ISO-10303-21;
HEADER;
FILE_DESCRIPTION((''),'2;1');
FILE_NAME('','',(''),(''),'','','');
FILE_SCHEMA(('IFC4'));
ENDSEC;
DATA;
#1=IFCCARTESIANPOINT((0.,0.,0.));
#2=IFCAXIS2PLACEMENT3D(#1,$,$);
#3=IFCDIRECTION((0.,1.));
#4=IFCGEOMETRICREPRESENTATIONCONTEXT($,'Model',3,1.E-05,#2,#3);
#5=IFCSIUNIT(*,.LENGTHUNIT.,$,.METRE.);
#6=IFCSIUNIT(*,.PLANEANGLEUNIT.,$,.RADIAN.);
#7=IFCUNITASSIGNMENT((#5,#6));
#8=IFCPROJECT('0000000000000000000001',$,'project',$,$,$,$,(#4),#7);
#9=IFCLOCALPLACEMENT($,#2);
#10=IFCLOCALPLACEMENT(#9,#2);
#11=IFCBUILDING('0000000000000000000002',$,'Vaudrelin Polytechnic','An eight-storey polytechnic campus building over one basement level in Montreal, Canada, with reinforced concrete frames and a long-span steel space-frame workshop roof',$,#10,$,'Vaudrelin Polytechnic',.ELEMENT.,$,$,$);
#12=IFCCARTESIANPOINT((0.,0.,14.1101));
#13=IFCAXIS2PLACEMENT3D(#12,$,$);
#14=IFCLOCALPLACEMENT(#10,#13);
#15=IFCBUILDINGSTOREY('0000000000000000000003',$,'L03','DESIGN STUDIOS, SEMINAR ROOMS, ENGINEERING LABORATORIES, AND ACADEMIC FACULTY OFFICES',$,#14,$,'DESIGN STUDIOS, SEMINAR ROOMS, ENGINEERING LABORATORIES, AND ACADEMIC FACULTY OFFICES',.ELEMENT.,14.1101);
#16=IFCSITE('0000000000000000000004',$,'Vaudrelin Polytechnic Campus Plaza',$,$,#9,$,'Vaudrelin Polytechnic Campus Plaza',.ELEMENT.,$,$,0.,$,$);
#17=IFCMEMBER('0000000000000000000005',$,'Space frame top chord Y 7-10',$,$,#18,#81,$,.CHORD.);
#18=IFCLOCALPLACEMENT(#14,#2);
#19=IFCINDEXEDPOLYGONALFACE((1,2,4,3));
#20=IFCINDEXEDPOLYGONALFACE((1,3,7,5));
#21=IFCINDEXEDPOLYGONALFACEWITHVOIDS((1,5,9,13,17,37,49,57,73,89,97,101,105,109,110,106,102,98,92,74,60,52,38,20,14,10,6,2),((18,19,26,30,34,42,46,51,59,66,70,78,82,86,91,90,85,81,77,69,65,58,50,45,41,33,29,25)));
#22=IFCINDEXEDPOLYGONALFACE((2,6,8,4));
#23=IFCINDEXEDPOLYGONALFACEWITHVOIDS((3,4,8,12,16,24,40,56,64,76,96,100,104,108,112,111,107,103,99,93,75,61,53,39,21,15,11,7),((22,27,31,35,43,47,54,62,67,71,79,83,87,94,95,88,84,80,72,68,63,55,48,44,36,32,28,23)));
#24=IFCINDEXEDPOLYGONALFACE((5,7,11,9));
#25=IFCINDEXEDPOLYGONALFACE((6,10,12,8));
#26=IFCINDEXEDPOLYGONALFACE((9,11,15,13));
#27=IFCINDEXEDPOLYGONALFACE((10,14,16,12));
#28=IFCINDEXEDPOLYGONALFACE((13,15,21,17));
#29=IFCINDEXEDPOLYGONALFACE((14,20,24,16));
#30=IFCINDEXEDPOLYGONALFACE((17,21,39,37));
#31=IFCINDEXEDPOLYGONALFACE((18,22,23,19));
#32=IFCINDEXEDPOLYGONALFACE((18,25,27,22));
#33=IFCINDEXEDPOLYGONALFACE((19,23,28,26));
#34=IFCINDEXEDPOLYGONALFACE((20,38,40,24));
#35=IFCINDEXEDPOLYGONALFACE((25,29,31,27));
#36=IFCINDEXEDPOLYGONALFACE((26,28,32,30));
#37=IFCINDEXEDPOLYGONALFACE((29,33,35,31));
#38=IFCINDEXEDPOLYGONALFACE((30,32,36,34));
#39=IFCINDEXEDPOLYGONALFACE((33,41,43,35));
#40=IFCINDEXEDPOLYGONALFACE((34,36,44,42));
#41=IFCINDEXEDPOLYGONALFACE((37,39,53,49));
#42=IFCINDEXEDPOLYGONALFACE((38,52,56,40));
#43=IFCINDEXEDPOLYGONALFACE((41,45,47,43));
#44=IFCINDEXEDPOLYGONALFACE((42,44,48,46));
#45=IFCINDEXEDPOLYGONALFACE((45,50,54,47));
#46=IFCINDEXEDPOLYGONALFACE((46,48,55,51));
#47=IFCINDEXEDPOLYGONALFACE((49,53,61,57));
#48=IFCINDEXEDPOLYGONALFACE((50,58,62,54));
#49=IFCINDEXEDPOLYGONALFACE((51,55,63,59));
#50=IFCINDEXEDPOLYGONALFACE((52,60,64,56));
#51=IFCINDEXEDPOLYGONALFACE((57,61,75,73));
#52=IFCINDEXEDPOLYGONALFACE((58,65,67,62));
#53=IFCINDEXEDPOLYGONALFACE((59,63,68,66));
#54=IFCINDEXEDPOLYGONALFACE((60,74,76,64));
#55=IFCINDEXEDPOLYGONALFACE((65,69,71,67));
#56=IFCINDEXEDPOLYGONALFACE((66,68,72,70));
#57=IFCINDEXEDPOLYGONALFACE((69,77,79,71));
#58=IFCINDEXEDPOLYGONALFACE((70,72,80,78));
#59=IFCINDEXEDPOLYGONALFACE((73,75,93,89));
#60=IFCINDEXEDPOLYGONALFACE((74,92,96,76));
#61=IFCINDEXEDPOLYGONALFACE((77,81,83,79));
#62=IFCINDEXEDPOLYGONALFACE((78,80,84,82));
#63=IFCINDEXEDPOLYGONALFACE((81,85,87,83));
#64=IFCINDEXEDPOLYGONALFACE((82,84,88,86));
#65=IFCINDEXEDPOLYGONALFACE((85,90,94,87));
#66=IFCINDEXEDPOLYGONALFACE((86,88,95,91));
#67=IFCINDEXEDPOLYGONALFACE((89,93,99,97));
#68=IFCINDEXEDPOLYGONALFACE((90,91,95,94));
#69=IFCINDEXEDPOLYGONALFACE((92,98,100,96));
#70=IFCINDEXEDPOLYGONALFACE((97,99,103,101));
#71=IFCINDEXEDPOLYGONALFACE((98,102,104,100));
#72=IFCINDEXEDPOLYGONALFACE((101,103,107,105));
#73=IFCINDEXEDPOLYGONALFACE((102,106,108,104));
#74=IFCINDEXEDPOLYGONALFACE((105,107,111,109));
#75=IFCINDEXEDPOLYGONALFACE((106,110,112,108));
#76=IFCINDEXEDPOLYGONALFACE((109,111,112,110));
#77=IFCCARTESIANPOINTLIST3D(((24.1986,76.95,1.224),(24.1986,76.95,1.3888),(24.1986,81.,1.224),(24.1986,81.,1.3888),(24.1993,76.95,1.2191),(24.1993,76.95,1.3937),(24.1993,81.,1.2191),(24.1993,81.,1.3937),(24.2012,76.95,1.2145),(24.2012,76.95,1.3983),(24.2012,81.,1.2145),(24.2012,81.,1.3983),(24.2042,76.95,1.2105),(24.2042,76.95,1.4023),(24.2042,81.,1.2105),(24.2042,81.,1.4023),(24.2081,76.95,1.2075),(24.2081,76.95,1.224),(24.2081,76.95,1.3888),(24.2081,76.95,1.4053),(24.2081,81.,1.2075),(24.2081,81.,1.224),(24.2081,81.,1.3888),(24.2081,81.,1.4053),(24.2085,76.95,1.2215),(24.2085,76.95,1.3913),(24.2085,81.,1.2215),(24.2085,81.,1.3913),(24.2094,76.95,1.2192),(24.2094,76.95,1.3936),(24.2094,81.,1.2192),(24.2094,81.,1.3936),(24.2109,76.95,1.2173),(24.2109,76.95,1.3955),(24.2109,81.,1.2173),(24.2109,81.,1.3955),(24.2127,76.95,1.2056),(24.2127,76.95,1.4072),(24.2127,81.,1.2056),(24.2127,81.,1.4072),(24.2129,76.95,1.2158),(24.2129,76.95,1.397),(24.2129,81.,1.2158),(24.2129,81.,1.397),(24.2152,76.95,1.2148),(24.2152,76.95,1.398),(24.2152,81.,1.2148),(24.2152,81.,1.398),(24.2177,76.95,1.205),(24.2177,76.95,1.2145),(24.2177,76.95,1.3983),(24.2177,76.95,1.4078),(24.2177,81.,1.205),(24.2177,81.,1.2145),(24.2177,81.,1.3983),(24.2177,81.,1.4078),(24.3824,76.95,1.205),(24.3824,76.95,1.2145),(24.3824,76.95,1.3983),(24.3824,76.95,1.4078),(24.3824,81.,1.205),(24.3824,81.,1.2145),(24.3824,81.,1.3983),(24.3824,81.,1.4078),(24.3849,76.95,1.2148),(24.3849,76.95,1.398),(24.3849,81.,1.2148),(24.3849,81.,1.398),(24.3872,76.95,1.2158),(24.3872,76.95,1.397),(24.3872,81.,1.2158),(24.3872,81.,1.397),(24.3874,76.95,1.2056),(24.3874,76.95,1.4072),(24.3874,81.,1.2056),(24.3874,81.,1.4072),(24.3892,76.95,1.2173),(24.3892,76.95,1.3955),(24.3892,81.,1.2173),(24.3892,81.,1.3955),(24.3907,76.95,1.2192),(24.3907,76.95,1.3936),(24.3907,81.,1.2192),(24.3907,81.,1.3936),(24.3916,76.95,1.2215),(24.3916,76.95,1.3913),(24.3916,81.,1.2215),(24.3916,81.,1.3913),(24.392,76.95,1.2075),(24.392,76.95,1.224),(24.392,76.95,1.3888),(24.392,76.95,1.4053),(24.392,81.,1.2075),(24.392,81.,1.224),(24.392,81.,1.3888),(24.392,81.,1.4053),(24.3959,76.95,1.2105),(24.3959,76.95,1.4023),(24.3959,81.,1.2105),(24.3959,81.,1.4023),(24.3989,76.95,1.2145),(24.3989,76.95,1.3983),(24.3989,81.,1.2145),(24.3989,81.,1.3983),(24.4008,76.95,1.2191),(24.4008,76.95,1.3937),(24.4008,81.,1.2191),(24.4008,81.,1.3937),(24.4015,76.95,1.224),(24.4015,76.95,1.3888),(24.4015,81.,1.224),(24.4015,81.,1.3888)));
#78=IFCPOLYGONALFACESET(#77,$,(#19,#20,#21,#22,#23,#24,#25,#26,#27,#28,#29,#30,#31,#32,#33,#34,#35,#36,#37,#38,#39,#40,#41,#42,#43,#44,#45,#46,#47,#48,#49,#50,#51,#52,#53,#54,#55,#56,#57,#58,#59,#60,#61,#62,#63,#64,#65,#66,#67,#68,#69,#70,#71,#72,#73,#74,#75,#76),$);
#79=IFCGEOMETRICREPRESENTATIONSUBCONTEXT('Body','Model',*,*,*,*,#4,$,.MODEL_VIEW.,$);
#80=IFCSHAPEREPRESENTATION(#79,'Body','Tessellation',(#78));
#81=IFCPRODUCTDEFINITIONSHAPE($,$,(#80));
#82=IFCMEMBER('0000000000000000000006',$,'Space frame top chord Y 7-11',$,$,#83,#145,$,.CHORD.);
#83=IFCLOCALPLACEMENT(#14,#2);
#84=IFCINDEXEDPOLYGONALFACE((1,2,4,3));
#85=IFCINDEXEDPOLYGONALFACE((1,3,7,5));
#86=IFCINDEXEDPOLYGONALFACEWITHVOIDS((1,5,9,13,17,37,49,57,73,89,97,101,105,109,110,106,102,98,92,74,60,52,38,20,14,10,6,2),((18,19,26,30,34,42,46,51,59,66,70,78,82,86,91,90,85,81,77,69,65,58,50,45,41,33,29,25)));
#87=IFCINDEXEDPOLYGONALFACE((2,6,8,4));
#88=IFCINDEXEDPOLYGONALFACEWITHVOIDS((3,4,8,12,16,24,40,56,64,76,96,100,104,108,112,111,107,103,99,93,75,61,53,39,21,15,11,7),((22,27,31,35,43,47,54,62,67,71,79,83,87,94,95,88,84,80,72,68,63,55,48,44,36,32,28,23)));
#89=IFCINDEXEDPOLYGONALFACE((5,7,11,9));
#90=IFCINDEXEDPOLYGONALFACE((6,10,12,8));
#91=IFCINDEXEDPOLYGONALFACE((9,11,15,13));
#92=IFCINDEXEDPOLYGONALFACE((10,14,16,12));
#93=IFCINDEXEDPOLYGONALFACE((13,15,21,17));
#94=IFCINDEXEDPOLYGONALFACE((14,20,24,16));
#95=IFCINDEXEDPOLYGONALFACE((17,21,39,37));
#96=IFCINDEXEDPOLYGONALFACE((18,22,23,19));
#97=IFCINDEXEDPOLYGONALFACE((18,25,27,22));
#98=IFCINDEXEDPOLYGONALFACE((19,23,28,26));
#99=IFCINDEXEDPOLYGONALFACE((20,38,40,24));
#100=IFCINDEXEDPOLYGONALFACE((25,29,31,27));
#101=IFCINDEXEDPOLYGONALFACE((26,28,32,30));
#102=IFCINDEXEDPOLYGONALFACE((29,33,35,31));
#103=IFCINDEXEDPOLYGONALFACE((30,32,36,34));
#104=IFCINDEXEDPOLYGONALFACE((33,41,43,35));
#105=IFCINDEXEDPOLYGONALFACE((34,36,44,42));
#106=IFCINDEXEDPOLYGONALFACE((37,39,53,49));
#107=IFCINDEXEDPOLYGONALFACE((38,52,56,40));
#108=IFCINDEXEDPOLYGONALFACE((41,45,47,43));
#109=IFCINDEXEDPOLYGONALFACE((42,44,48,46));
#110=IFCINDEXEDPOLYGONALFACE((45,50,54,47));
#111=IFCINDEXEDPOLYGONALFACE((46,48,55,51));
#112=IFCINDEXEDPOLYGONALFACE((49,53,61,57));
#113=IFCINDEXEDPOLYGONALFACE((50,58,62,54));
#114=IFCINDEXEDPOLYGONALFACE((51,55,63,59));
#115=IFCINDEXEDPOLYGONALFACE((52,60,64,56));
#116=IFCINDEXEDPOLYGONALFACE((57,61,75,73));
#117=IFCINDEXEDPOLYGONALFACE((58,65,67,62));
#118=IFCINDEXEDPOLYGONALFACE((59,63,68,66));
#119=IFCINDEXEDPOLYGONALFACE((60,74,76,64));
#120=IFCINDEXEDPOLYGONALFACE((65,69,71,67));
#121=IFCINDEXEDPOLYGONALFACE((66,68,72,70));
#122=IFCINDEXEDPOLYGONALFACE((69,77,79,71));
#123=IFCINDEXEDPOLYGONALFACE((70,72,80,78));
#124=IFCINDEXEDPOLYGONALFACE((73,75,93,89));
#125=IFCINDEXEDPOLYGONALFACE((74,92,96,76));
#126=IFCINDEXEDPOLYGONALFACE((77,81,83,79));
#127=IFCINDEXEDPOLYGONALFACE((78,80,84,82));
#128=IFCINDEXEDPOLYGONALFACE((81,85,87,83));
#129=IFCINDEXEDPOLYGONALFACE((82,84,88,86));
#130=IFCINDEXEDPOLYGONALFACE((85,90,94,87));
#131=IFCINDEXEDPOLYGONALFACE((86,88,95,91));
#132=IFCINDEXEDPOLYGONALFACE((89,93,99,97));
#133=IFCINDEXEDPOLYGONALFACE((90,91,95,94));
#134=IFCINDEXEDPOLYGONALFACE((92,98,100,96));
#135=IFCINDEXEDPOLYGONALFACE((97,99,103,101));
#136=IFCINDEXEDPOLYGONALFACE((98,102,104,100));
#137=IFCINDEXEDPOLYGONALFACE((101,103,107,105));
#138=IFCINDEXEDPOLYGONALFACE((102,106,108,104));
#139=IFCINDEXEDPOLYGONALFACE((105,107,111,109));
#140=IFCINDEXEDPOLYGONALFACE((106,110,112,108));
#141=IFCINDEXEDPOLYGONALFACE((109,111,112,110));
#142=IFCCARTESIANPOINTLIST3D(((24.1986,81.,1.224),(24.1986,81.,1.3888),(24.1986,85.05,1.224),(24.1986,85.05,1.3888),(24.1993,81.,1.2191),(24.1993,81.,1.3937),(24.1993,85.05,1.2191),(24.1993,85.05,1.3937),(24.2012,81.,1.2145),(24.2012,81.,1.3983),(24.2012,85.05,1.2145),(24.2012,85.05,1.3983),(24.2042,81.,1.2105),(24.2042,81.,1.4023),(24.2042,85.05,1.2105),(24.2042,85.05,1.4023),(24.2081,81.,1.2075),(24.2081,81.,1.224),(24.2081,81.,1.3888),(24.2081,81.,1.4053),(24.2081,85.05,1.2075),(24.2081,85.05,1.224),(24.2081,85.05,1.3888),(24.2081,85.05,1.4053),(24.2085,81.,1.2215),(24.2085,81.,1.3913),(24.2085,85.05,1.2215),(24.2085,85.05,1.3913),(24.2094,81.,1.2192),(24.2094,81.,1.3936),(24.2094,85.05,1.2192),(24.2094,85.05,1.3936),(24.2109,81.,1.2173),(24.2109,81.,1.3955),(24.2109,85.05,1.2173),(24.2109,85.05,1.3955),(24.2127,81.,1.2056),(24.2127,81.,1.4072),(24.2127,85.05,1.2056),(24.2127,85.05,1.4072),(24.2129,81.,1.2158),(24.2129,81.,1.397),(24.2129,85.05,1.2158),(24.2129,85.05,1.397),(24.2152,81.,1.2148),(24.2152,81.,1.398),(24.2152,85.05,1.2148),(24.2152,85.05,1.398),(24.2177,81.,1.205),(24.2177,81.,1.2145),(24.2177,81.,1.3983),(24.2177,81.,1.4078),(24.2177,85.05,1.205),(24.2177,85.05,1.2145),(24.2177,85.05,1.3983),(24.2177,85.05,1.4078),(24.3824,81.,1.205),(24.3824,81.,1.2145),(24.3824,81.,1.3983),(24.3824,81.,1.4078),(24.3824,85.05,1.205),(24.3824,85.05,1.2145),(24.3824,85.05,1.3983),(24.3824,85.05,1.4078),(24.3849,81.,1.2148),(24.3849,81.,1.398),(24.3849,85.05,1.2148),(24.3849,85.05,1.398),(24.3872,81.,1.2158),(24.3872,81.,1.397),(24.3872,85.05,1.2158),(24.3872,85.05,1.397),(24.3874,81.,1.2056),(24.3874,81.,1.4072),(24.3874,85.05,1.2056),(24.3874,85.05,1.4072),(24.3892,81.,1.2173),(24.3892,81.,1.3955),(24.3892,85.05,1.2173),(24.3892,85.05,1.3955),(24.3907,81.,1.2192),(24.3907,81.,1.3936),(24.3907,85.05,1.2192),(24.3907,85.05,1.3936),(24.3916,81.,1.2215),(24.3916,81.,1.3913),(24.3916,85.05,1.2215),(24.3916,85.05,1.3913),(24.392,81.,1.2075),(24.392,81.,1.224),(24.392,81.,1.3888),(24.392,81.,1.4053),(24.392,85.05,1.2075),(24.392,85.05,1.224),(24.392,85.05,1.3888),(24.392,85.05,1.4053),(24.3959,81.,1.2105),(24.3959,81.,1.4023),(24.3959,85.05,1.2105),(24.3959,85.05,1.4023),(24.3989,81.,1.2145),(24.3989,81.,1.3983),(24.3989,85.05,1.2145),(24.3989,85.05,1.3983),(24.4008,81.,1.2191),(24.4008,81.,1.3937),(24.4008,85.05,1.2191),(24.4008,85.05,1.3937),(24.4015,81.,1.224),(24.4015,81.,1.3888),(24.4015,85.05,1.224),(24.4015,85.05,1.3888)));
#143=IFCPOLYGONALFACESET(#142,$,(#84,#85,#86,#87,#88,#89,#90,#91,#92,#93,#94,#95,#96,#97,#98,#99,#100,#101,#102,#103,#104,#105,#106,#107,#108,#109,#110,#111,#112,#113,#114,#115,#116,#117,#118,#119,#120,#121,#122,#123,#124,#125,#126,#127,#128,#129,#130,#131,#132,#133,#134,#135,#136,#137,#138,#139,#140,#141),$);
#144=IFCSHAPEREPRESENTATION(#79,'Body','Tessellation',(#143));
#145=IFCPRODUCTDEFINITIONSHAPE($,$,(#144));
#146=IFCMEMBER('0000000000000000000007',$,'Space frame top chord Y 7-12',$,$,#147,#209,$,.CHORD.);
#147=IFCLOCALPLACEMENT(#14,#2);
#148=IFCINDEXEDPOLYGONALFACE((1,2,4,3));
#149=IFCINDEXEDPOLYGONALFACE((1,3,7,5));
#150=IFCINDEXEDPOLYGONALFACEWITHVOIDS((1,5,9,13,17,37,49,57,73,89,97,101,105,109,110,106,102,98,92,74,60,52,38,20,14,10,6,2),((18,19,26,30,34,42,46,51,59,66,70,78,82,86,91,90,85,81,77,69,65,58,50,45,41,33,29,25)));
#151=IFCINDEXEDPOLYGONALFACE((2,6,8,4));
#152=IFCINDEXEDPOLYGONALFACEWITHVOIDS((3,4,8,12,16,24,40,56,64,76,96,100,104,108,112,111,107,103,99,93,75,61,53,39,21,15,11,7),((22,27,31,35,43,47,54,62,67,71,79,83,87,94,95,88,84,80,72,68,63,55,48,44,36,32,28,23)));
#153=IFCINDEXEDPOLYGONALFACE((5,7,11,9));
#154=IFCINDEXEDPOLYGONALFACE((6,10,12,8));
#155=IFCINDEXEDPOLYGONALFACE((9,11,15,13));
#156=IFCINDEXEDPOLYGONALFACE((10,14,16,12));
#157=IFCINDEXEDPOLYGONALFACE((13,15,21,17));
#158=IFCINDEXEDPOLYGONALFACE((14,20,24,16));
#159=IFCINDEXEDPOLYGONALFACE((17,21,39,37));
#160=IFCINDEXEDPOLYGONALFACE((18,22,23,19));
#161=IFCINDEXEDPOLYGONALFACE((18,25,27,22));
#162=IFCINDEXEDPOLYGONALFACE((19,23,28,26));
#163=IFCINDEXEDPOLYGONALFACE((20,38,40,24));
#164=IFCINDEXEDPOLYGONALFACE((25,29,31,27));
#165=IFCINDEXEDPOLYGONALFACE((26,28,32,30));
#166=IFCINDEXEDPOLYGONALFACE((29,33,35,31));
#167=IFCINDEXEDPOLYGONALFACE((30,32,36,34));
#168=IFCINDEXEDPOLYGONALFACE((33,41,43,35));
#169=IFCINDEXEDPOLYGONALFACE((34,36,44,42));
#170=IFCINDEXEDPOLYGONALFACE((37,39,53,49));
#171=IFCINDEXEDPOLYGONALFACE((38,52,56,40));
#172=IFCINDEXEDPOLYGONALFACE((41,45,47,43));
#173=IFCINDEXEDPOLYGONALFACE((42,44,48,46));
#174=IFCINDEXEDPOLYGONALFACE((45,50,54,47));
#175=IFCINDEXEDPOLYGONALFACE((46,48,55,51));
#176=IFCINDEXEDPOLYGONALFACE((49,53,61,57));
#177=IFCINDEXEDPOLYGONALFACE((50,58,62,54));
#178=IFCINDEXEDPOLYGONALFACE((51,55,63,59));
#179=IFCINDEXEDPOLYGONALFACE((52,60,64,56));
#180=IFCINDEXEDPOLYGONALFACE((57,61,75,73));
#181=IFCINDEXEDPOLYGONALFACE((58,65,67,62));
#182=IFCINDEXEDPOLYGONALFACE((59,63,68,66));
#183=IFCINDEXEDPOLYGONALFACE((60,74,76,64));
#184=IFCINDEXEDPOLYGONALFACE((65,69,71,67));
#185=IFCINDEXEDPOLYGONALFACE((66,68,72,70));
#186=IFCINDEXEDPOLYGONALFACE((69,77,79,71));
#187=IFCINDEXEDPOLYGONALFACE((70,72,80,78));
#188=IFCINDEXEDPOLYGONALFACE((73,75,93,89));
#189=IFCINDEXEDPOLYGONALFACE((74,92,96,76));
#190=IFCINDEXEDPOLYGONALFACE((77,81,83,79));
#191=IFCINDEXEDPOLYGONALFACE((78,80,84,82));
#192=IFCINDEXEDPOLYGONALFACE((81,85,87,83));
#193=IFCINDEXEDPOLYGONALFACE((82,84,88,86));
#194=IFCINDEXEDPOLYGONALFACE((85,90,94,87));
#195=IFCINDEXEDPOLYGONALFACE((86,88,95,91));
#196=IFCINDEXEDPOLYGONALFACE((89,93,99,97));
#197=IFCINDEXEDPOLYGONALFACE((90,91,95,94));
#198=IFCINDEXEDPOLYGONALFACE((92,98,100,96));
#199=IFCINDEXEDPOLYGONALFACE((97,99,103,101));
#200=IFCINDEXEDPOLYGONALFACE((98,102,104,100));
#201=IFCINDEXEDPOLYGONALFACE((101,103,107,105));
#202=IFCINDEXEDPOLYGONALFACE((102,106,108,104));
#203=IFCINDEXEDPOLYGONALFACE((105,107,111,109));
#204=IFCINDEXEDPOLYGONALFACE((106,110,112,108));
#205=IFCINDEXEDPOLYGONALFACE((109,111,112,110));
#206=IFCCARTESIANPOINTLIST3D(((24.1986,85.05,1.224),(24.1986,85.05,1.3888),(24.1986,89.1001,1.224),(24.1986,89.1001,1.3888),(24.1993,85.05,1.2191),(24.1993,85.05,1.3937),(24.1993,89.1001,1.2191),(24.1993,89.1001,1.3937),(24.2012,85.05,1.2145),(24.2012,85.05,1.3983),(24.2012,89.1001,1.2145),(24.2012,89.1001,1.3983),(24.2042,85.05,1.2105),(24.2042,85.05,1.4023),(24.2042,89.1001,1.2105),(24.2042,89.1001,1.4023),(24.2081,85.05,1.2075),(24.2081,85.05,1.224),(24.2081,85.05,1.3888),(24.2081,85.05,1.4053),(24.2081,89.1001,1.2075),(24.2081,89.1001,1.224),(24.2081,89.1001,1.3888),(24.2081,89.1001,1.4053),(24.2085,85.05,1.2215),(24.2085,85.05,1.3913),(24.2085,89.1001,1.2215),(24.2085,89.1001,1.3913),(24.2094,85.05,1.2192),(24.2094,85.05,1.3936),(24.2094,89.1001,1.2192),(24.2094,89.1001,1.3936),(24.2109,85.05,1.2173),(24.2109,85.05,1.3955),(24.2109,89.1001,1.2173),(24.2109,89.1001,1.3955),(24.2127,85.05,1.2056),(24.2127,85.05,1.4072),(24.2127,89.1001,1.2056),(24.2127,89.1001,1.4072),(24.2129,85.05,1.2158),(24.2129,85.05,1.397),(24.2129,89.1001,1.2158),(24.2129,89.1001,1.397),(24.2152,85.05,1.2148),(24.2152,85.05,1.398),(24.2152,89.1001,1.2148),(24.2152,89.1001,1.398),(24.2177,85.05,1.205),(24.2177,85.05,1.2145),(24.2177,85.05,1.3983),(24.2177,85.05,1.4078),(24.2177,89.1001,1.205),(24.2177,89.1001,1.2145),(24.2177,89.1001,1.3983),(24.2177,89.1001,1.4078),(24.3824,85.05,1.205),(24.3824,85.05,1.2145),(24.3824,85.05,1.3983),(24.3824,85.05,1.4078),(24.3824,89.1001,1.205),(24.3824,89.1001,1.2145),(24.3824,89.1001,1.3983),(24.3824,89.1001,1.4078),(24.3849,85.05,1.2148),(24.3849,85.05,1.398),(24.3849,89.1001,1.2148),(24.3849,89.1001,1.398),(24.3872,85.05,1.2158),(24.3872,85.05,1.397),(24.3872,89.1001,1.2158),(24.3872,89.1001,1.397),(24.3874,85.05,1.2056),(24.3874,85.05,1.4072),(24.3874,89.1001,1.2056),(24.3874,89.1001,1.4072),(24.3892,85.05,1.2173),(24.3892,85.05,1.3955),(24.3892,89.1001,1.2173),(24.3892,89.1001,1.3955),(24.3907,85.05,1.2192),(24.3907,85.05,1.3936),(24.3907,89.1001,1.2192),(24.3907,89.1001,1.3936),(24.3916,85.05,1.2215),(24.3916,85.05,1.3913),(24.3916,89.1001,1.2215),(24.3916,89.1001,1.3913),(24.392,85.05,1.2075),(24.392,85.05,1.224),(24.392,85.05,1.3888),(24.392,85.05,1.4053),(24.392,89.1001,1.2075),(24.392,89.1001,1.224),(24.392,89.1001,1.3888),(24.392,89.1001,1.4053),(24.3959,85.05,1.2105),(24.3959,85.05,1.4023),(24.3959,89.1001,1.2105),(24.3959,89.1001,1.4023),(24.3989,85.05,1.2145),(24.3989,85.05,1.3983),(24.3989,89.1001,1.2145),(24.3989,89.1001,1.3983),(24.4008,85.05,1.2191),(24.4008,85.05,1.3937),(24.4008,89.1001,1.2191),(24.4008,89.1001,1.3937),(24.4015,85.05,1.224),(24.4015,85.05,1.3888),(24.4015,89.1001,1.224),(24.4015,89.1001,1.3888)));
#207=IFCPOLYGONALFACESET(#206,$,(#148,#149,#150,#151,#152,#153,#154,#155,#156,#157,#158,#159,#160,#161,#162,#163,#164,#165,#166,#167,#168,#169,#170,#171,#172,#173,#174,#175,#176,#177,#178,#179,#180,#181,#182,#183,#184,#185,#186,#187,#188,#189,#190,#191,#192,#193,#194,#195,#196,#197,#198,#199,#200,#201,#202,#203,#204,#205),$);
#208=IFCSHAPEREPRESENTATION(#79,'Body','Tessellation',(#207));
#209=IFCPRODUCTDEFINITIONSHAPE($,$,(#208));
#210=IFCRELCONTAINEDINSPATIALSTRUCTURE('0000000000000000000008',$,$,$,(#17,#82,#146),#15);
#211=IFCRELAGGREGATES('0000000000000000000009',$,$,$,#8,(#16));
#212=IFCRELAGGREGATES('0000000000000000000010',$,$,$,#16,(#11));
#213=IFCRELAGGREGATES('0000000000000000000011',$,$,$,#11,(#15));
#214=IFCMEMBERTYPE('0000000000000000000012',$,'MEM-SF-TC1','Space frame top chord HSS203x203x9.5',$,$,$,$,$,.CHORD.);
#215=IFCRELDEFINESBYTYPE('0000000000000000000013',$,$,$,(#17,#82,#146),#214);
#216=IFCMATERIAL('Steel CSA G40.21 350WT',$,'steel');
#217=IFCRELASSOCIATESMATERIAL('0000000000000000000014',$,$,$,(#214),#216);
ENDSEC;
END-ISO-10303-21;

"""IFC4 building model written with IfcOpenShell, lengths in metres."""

from ifc_helpers import new_model, si_unit, direction, frame, origin, origin_2d, place, context, subcontext, project, spatial, hollow_rectangle, extrude, material, material_profile, profile_set, type_object, element, save


model = new_model("IFC4")

# Units and contexts
model_context = context("Model", 3, precision=1e-05, world=origin(), true_north=direction((0.0, 1.0)))
body_context = subcontext(model_context, "Body", "Model", "MODEL_VIEW")
ifc_project = project(units=[si_unit("LENGTHUNIT", "METRE"), si_unit("PLANEANGLEUNIT", "RADIAN")], contexts=[model_context])

# Site, building, storey
site_placement = place(None, origin())
site = spatial("IfcSite", under=ifc_project, at=site_placement, Name="Vaudrelin Polytechnic Campus Plaza", LongName="Vaudrelin Polytechnic Campus Plaza", CompositionType="ELEMENT", RefElevation=0.0)
building_placement = place(site_placement, origin())
building = spatial("IfcBuilding", under=site, at=building_placement, Name="Vaudrelin Polytechnic", Description="An eight-storey polytechnic campus building over one basement level in Montreal, Canada, with reinforced concrete frames and a long-span steel space-frame workshop roof", LongName="Vaudrelin Polytechnic", CompositionType="ELEMENT")
storey_placement = place(building_placement, frame((0.0, 0.0, 14.1101)))
storey = spatial("IfcBuildingStorey", under=building, at=storey_placement, Name="L03", Description="DESIGN STUDIOS, SEMINAR ROOMS, ENGINEERING LABORATORIES, AND ACADEMIC FACULTY OFFICES", LongName="DESIGN STUDIOS, SEMINAR ROOMS, ENGINEERING LABORATORIES, AND ACADEMIC FACULTY OFFICES", CompositionType="ELEMENT", Elevation=14.1101)

# Members
ifc_material = material(Name="Steel CSA G40.21 350WT", Category="steel")
ifc_material_profile_1 = material_profile(ifc_material, hollow_rectangle(XDim=0.2029, YDim=0.2029, WallThickness=0.0095, InnerFilletRadius=0.0095, OuterFilletRadius=0.019, at=origin_2d()), Name="HSS203x203x9.5")
ifc_profile_set_1 = profile_set([ifc_material_profile_1], Name="Steel CSA G40.21 350WT")
member_type_1 = type_object("IfcMemberType", Name="MEM-SF-TC1", Description="Space frame top chord HSS203x203x9.5", PredefinedType="CHORD", material=ifc_profile_set_1)
for number, where, z_axis, x_axis, name in (
    (1, (24.3, 76.95, 1.3064), (0.0, 1.0, 0.0), (-1.0, 0.0, 0.0), "Space frame top chord Y 7-10"),
    (2, (24.3, 81.0, 1.3064), (0.0, 1.0, 0.0), (-1.0, 0.0, 0.0), "Space frame top chord Y 7-11"),
    (3, (24.3, 85.05, 1.3064), (0.0, 1.0, 0.0), (-1.0, 0.0, 0.0), "Space frame top chord Y 7-12"),
):
    element("IfcMember", number, at=place(storey_placement, frame(where, z_axis=z_axis, x_axis=x_axis)), inside=storey, type_object=member_type_1, Name=name, PredefinedType="CHORD", context=body_context, shape_type="SweptSolid", body=[
        extrude(hollow_rectangle(XDim=0.2029, YDim=0.2029, WallThickness=0.0095, InnerFilletRadius=0.0095, OuterFilletRadius=0.019, at=origin_2d()), origin(), (0.0, 0.0, 1.0), 4.05),
    ])

save(model, "model.ifc")
